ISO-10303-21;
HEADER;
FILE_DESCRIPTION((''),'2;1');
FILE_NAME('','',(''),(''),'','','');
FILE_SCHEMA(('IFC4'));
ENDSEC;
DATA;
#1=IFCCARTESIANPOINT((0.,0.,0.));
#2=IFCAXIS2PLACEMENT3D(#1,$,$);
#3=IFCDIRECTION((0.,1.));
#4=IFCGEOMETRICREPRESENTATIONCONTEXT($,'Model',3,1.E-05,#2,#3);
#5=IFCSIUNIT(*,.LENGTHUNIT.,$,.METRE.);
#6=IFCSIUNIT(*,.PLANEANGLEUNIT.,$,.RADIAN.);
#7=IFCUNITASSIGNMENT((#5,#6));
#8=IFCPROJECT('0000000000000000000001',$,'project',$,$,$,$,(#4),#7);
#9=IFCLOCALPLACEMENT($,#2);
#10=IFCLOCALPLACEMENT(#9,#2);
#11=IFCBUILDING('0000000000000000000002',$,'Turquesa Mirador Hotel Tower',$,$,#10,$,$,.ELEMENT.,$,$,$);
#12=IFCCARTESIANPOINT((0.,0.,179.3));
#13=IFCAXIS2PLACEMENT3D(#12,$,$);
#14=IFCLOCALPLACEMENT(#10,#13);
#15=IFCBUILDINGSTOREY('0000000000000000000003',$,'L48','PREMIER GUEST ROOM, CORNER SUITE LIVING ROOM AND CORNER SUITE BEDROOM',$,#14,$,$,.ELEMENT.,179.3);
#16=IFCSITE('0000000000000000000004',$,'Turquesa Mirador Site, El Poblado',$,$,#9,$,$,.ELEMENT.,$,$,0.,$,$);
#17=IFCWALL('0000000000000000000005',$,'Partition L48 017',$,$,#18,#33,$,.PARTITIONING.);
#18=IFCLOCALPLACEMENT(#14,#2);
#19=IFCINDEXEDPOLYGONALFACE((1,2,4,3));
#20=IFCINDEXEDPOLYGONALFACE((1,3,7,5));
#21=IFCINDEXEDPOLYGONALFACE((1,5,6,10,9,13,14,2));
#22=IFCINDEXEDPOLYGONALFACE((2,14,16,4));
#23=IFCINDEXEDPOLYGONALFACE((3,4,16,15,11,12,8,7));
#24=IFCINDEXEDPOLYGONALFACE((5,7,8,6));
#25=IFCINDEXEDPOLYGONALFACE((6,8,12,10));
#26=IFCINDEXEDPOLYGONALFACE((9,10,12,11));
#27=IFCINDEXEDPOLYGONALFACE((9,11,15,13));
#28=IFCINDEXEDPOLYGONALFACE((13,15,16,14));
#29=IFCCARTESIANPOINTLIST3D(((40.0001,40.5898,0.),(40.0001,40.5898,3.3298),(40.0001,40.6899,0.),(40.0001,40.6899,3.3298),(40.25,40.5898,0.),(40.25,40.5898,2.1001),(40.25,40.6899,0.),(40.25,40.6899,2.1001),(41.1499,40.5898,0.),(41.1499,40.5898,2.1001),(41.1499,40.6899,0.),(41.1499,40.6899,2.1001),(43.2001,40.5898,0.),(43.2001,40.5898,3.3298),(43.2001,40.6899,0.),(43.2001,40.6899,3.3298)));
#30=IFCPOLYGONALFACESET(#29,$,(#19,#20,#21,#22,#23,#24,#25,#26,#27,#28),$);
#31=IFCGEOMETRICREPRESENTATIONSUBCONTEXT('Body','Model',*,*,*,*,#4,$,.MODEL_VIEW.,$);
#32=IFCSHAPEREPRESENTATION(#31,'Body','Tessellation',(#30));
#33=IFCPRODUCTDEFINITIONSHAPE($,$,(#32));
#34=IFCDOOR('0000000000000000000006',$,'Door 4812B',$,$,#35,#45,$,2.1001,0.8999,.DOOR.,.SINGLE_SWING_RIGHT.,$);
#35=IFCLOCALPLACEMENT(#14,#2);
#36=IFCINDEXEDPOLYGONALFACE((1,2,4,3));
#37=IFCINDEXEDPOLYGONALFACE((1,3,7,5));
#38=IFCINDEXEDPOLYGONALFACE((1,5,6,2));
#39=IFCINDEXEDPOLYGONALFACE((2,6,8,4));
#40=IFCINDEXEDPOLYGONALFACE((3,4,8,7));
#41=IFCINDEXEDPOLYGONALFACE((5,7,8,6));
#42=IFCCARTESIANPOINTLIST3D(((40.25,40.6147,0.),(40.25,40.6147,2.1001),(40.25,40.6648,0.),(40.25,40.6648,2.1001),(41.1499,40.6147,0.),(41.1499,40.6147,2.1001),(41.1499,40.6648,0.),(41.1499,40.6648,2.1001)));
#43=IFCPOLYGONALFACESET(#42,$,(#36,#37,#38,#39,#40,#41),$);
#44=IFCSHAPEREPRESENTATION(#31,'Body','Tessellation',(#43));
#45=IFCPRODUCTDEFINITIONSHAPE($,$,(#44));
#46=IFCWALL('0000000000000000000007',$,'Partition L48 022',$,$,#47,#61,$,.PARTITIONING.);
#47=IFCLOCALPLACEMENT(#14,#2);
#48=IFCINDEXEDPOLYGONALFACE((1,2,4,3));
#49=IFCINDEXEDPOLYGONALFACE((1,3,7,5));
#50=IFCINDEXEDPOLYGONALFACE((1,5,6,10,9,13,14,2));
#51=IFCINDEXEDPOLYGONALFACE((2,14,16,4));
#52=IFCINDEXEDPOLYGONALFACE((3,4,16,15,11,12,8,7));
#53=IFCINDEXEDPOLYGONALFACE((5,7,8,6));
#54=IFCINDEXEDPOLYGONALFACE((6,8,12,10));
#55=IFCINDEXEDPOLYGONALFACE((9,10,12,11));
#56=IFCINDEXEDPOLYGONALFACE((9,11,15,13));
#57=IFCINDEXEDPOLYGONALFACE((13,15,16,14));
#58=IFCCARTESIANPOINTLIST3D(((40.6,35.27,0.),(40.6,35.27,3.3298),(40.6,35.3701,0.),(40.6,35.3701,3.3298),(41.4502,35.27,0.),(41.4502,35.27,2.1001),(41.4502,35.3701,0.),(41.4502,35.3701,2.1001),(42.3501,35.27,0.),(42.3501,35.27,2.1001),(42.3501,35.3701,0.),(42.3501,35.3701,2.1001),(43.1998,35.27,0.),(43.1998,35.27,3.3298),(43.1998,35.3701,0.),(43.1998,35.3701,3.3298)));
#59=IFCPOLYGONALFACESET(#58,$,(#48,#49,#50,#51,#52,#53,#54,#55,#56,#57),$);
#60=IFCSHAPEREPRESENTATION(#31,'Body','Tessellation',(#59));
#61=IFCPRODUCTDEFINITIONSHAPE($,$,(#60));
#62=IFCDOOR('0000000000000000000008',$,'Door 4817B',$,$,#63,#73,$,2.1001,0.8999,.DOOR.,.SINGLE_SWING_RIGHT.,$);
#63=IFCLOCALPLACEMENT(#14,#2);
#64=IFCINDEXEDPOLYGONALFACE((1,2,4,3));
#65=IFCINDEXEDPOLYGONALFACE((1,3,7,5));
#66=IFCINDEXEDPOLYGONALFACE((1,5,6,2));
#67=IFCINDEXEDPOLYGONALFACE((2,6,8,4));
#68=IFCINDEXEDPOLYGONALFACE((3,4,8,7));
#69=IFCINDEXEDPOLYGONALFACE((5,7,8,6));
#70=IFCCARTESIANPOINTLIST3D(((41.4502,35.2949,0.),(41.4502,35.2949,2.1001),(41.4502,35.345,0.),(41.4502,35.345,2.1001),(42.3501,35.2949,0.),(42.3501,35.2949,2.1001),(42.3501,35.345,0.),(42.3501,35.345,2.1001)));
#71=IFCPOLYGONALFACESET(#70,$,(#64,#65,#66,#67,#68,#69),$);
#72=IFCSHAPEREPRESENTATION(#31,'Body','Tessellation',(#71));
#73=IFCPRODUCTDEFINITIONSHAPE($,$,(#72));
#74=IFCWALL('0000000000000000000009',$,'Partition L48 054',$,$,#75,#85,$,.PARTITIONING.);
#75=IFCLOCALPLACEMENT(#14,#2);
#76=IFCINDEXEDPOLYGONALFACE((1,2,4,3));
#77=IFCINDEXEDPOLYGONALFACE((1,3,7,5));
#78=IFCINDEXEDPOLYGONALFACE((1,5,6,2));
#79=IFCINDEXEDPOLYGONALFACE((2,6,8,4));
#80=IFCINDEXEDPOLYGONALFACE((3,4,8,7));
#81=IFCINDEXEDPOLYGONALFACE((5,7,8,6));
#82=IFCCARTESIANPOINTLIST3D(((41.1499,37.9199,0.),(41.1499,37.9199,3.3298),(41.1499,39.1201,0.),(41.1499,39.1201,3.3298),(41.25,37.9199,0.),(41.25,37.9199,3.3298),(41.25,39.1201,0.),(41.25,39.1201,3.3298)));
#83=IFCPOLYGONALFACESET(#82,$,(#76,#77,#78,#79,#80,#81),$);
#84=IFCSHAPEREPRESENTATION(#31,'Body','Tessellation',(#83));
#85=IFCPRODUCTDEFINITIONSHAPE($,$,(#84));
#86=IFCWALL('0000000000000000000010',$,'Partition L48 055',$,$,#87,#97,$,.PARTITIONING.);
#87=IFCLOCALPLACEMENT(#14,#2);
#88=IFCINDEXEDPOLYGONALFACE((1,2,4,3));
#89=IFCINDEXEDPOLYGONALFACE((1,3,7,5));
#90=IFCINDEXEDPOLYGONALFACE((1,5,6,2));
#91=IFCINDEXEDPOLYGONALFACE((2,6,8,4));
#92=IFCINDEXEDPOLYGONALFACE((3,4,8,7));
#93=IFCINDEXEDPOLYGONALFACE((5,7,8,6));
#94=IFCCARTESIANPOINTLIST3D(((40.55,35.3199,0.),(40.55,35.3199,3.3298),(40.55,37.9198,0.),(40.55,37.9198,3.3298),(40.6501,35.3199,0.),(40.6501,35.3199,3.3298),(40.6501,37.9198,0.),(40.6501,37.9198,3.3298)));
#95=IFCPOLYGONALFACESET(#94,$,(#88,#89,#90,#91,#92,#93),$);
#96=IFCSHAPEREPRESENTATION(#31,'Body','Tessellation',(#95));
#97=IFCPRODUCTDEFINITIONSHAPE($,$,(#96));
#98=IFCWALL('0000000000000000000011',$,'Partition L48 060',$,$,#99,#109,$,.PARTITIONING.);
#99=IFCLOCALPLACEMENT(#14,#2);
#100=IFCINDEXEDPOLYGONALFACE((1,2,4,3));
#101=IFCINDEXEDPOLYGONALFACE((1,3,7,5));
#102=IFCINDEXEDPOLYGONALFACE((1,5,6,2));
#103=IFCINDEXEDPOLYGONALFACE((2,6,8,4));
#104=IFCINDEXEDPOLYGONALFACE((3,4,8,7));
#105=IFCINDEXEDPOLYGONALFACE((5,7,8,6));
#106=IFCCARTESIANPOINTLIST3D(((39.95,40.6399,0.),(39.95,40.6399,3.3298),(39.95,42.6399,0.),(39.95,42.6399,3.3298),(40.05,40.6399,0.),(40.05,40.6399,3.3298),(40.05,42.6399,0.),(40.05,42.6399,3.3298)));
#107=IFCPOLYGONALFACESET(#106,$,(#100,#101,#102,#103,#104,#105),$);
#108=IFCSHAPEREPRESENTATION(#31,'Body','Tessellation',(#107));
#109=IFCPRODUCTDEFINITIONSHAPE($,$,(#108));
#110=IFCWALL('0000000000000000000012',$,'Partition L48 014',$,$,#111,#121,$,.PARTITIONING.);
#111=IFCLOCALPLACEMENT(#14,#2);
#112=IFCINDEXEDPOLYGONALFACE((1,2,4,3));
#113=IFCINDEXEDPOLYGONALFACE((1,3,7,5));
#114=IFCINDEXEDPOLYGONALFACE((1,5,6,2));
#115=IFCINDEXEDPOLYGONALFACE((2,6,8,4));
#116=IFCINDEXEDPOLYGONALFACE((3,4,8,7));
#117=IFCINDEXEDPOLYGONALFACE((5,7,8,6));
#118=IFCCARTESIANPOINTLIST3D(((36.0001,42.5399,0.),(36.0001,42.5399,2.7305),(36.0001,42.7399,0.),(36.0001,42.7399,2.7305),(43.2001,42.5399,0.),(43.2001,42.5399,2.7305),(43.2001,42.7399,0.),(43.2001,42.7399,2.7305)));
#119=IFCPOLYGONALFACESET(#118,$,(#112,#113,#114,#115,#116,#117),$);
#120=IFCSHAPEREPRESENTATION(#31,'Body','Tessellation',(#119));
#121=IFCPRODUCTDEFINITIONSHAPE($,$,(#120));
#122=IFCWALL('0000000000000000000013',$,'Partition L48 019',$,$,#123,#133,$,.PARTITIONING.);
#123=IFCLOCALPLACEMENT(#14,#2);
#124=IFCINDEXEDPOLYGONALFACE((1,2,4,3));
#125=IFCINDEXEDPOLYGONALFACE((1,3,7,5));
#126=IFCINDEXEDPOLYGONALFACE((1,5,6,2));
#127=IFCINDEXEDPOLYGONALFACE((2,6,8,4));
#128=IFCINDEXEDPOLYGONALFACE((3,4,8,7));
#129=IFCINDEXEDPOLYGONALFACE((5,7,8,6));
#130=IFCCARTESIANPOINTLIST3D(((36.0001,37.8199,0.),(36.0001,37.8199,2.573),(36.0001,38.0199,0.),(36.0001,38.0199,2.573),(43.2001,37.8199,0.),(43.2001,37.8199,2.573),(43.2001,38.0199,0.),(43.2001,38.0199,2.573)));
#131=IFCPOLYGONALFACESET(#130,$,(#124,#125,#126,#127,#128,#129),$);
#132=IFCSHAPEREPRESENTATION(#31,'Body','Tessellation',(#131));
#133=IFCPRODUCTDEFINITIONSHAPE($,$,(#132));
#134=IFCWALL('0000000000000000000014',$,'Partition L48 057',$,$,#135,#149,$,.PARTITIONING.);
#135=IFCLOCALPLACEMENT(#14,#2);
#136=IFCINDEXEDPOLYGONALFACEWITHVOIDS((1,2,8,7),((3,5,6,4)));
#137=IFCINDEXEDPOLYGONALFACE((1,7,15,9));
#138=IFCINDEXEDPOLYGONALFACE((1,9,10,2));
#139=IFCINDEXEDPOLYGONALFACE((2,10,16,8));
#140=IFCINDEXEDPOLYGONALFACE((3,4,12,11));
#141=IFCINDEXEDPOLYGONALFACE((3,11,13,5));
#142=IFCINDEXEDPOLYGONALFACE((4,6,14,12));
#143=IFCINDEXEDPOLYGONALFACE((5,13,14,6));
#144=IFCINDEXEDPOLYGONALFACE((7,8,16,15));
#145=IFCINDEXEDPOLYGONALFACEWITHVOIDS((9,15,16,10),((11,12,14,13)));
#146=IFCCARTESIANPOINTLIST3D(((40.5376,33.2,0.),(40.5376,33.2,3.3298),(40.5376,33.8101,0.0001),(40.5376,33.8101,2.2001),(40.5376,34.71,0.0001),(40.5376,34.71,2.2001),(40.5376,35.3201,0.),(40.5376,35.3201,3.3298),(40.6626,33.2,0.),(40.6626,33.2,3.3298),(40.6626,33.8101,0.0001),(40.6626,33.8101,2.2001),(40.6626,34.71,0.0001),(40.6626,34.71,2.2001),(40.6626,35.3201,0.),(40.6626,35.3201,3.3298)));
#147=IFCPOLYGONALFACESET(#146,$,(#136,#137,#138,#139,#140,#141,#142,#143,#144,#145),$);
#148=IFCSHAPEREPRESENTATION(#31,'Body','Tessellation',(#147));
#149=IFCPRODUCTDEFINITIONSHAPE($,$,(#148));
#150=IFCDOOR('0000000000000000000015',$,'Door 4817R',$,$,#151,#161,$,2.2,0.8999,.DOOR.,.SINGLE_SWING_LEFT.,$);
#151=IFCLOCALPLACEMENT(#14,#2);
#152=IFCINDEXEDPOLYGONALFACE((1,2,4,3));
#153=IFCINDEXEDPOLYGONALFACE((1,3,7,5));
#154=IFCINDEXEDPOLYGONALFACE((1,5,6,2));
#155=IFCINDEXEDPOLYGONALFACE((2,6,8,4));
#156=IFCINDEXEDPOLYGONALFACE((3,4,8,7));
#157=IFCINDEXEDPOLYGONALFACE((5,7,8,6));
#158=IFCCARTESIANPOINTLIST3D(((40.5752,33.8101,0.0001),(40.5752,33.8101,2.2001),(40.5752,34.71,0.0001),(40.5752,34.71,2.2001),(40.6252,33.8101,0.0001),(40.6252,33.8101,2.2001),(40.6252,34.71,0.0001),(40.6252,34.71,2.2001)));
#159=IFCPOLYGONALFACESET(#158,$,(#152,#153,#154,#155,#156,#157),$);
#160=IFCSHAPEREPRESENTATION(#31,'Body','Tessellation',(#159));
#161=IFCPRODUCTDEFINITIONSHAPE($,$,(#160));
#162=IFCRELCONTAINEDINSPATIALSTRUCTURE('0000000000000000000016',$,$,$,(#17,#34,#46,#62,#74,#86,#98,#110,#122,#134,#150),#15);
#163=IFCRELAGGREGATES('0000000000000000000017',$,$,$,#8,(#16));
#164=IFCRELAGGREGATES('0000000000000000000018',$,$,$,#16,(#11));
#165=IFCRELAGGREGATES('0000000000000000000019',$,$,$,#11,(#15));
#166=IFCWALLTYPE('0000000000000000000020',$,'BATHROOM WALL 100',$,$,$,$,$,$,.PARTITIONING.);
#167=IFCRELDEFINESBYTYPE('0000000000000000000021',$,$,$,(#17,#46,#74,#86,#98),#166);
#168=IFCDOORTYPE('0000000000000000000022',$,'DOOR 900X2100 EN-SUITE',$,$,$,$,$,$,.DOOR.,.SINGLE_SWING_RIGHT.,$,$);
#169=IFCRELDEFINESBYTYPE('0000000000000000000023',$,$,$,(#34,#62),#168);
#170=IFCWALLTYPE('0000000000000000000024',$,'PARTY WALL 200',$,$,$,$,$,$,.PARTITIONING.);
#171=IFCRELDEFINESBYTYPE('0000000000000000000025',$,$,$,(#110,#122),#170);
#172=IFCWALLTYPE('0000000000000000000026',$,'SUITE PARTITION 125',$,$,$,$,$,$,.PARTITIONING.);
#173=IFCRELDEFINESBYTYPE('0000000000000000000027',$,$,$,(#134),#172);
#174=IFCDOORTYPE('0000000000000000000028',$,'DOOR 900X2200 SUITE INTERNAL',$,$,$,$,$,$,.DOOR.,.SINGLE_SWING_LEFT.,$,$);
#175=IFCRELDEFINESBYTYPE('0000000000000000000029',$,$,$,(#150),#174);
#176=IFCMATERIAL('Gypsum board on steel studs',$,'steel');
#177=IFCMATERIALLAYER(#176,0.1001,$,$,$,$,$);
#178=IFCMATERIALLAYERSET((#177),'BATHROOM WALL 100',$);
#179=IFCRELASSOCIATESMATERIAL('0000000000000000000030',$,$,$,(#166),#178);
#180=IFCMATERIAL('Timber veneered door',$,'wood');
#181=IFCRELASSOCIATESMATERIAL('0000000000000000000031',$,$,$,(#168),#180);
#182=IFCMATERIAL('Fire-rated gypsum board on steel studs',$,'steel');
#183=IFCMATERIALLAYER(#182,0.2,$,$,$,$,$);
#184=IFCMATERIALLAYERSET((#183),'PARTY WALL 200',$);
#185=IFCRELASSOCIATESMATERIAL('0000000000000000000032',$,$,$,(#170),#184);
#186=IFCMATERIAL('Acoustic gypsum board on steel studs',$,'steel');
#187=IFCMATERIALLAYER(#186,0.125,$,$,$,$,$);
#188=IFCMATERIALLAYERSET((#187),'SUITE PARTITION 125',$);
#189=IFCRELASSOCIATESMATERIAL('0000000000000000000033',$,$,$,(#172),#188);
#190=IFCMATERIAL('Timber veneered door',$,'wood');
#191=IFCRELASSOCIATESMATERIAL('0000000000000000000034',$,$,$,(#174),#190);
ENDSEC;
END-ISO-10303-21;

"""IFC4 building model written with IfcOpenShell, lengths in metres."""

from ifc_helpers import new_model, si_unit, direction, frame, frame_2d, origin, place, context, subcontext, project, spatial, rectangle, extrude, material, layer, layer_set, type_object, element, fill, save


model = new_model("IFC4")

# Units and contexts
model_context = context("Model", 3, precision=1e-05, world=origin(), true_north=direction((0.0, 1.0)))
body_context = subcontext(model_context, "Body", "Model", "MODEL_VIEW")
ifc_project = project(units=[si_unit("LENGTHUNIT", "METRE"), si_unit("PLANEANGLEUNIT", "RADIAN")], contexts=[model_context])

# Site, building, storey
site_placement = place(None, origin())
site = spatial("IfcSite", under=ifc_project, at=site_placement, Name="Turquesa Mirador Site, El Poblado", CompositionType="ELEMENT", RefElevation=0.0)
building_placement = place(site_placement, origin())
building = spatial("IfcBuilding", under=site, at=building_placement, Name="Turquesa Mirador Hotel Tower", CompositionType="ELEMENT")
storey_placement = place(building_placement, frame((0.0, 0.0, 179.3)))
storey = spatial("IfcBuildingStorey", under=building, at=storey_placement, Name="L48", Description="PREMIER GUEST ROOM, CORNER SUITE LIVING ROOM AND CORNER SUITE BEDROOM", CompositionType="ELEMENT", Elevation=179.3)

# Walls, openings, doors
ifc_material_1 = material(Name="Gypsum board on steel studs", Category="steel")
ifc_layer_1 = layer(ifc_material_1, 0.1001)
ifc_layer_set_1 = layer_set([ifc_layer_1], Name="BATHROOM WALL 100")
wall_type_1 = type_object("IfcWallType", Name="BATHROOM WALL 100", PredefinedType="PARTITIONING", material=ifc_layer_set_1)
wall_1_placement = place(storey_placement, frame((40.0, 40.6399, 0.0), z_axis=(0.0, 0.0, 1.0), x_axis=(1.0, 0.0, 0.0)))
wall_1 = element("IfcWall", 1, at=wall_1_placement, inside=storey, type_object=wall_type_1, Name="Partition L48 017", PredefinedType="PARTITIONING", context=body_context, shape_type="SweptSolid", body=[
    extrude(rectangle(XDim=3.2, YDim=0.1001, at=frame_2d((1.6001, 0.0))), origin(), (0.0, 0.0, 1.0), 3.3298),
])
opening_1_placement = place(wall_1_placement, frame((0.25, 0.0, 0.0)))
opening_1 = element("IfcOpeningElement", 2, at=opening_1_placement, cuts=wall_1, PredefinedType="OPENING", context=body_context, shape_type="SweptSolid", body=[
    extrude(rectangle(XDim=0.8999, YDim=2.1001, at=frame_2d((0.45, 1.05))), frame((0.0, 0.0601, 0.0), z_axis=(0.0, -1.0, 0.0), x_axis=(1.0, 0.0, 0.0)), (0.0, 0.0, 1.0), 0.1201),
])
ifc_material_2 = material(Name="Timber veneered door", Category="wood")
door_type_1 = type_object("IfcDoorType", Name="DOOR 900X2100 EN-SUITE", OperationType="SINGLE_SWING_RIGHT", PredefinedType="DOOR", material=ifc_material_2)
door_1_placement = place(opening_1_placement, origin())
door_1 = element("IfcDoor", 3, at=door_1_placement, inside=storey, type_object=door_type_1, Name="Door 4812B", OperationType="SINGLE_SWING_RIGHT", OverallHeight=2.1001, OverallWidth=0.8999, PredefinedType="DOOR", context=body_context, shape_type="SweptSolid", body=[
    extrude(rectangle(XDim=0.8999, YDim=2.1001, at=frame_2d((0.45, 1.05))), frame((0.0, 0.0249, 0.0), z_axis=(0.0, -1.0, 0.0), x_axis=(1.0, 0.0, 0.0)), (0.0, 0.0, 1.0), 0.05),
])
fill(opening_1, door_1)
wall_2_placement = place(storey_placement, frame((40.6001, 35.3201, 0.0), z_axis=(0.0, 0.0, 1.0), x_axis=(1.0, 0.0, 0.0)))
wall_2 = element("IfcWall", 4, at=wall_2_placement, inside=storey, type_object=wall_type_1, Name="Partition L48 022", PredefinedType="PARTITIONING", context=body_context, shape_type="SweptSolid", body=[
    extrude(rectangle(XDim=2.5999, YDim=0.1001, at=frame_2d((1.2998, 0.0))), origin(), (0.0, 0.0, 1.0), 3.3298),
])
opening_2_placement = place(wall_2_placement, frame((0.8501, 0.0, 0.0)))
opening_2 = element("IfcOpeningElement", 5, at=opening_2_placement, cuts=wall_2, PredefinedType="OPENING", context=body_context, shape_type="SweptSolid", body=[
    extrude(rectangle(XDim=0.8999, YDim=2.1001, at=frame_2d((0.45, 1.05))), frame((0.0, 0.0601, 0.0), z_axis=(0.0, -1.0, 0.0), x_axis=(1.0, 0.0, 0.0)), (0.0, 0.0, 1.0), 0.1201),
])
door_2_placement = place(opening_2_placement, origin())
door_2 = element("IfcDoor", 6, at=door_2_placement, inside=storey, type_object=door_type_1, Name="Door 4817B", OperationType="SINGLE_SWING_RIGHT", OverallHeight=2.1001, OverallWidth=0.8999, PredefinedType="DOOR", context=body_context, shape_type="SweptSolid", body=[
    extrude(rectangle(XDim=0.8999, YDim=2.1001, at=frame_2d((0.45, 1.05))), frame((0.0, 0.0249, 0.0), z_axis=(0.0, -1.0, 0.0), x_axis=(1.0, 0.0, 0.0)), (0.0, 0.0, 1.0), 0.05),
])
fill(opening_2, door_2)

# Walls
wall_3_placement = place(storey_placement, frame((41.2, 37.9199, 0.0), z_axis=(0.0, 0.0, 1.0), x_axis=(0.0, 1.0, 0.0)))
element("IfcWall", 7, at=wall_3_placement, inside=storey, type_object=wall_type_1, Name="Partition L48 054", PredefinedType="PARTITIONING", context=body_context, shape_type="SweptSolid", body=[
    extrude(rectangle(XDim=1.2002, YDim=0.1001, at=frame_2d((0.6001, 0.0))), origin(), (0.0, 0.0, 1.0), 3.3298),
])
wall_4_placement = place(storey_placement, frame((40.6001, 35.3201, 0.0), z_axis=(0.0, 0.0, 1.0), x_axis=(0.0, 1.0, 0.0)))
element("IfcWall", 8, at=wall_4_placement, inside=storey, type_object=wall_type_1, Name="Partition L48 055", PredefinedType="PARTITIONING", context=body_context, shape_type="SweptSolid", body=[
    extrude(rectangle(XDim=2.5999, YDim=0.1001, at=frame_2d((1.2998, 0.0))), origin(), (0.0, 0.0, 1.0), 3.3298),
])
wall_5_placement = place(storey_placement, frame((40.0, 40.6399, 0.0), z_axis=(0.0, 0.0, 1.0), x_axis=(0.0, 1.0, 0.0)))
element("IfcWall", 9, at=wall_5_placement, inside=storey, type_object=wall_type_1, Name="Partition L48 060", PredefinedType="PARTITIONING", context=body_context, shape_type="SweptSolid", body=[
    extrude(rectangle(XDim=2.0, YDim=0.1001, at=frame_2d((1.0, 0.0))), origin(), (0.0, 0.0, 1.0), 3.3298),
])
ifc_material_3 = material(Name="Fire-rated gypsum board on steel studs", Category="steel")
ifc_layer_2 = layer(ifc_material_3, 0.2)
ifc_layer_set_2 = layer_set([ifc_layer_2], Name="PARTY WALL 200")
wall_type_2 = type_object("IfcWallType", Name="PARTY WALL 200", PredefinedType="PARTITIONING", material=ifc_layer_set_2)
wall_6_placement = place(storey_placement, frame((36.0, 42.6399, 0.0), z_axis=(0.0, 0.0, 1.0), x_axis=(1.0, 0.0, 0.0)))
element("IfcWall", 10, at=wall_6_placement, inside=storey, type_object=wall_type_2, Name="Partition L48 014", PredefinedType="PARTITIONING", context=body_context, shape_type="SweptSolid", body=[
    extrude(rectangle(XDim=7.2, YDim=0.2, at=frame_2d((3.6001, 0.0))), origin(), (0.0, 0.0, 1.0), 2.7305),
])
wall_7_placement = place(storey_placement, frame((36.0, 37.9199, 0.0), z_axis=(0.0, 0.0, 1.0), x_axis=(1.0, 0.0, 0.0)))
element("IfcWall", 11, at=wall_7_placement, inside=storey, type_object=wall_type_2, Name="Partition L48 019", PredefinedType="PARTITIONING", context=body_context, shape_type="SweptSolid", body=[
    extrude(rectangle(XDim=7.2, YDim=0.2, at=frame_2d((3.6001, 0.0))), origin(), (0.0, 0.0, 1.0), 2.573),
])

# Wall, opening, door
ifc_material_4 = material(Name="Acoustic gypsum board on steel studs", Category="steel")
ifc_layer_3 = layer(ifc_material_4, 0.125)
ifc_layer_set_3 = layer_set([ifc_layer_3], Name="SUITE PARTITION 125")
wall_type_3 = type_object("IfcWallType", Name="SUITE PARTITION 125", PredefinedType="PARTITIONING", material=ifc_layer_set_3)
wall_8_placement = place(storey_placement, frame((40.6001, 33.2, 0.0), z_axis=(0.0, 0.0, 1.0), x_axis=(0.0, 1.0, 0.0)))
wall_8 = element("IfcWall", 12, at=wall_8_placement, inside=storey, type_object=wall_type_3, Name="Partition L48 057", PredefinedType="PARTITIONING", context=body_context, shape_type="SweptSolid", body=[
    extrude(rectangle(XDim=2.1201, YDim=0.125, at=frame_2d((1.0601, 0.0))), origin(), (0.0, 0.0, 1.0), 3.3298),
])
opening_3_placement = place(wall_8_placement, frame((0.6101, 0.0, 0.0)))
opening_3 = element("IfcOpeningElement", 13, at=opening_3_placement, cuts=wall_8, PredefinedType="OPENING", context=body_context, shape_type="SweptSolid", body=[
    extrude(rectangle(XDim=0.8999, YDim=2.2, at=frame_2d((0.45, 1.1001))), frame((0.0, 0.0725, 0.0), z_axis=(0.0, -1.0, 0.0), x_axis=(1.0, 0.0, 0.0)), (0.0, 0.0, 1.0), 0.145),
])
ifc_material_5 = material(Name="Timber veneered door", Category="wood")
door_type_2 = type_object("IfcDoorType", Name="DOOR 900X2200 SUITE INTERNAL", OperationType="SINGLE_SWING_LEFT", PredefinedType="DOOR", material=ifc_material_5)
door_3_placement = place(opening_3_placement, origin())
door_3 = element("IfcDoor", 14, at=door_3_placement, inside=storey, type_object=door_type_2, Name="Door 4817R", OperationType="SINGLE_SWING_LEFT", OverallHeight=2.2, OverallWidth=0.8999, PredefinedType="DOOR", context=body_context, shape_type="SweptSolid", body=[
    extrude(rectangle(XDim=0.8999, YDim=2.2, at=frame_2d((0.45, 1.1001))), frame((0.0, 0.0249, 0.0), z_axis=(0.0, -1.0, 0.0), x_axis=(1.0, 0.0, 0.0)), (0.0, 0.0, 1.0), 0.05),
])
fill(opening_3, door_3)

save(model, "model.ifc")
